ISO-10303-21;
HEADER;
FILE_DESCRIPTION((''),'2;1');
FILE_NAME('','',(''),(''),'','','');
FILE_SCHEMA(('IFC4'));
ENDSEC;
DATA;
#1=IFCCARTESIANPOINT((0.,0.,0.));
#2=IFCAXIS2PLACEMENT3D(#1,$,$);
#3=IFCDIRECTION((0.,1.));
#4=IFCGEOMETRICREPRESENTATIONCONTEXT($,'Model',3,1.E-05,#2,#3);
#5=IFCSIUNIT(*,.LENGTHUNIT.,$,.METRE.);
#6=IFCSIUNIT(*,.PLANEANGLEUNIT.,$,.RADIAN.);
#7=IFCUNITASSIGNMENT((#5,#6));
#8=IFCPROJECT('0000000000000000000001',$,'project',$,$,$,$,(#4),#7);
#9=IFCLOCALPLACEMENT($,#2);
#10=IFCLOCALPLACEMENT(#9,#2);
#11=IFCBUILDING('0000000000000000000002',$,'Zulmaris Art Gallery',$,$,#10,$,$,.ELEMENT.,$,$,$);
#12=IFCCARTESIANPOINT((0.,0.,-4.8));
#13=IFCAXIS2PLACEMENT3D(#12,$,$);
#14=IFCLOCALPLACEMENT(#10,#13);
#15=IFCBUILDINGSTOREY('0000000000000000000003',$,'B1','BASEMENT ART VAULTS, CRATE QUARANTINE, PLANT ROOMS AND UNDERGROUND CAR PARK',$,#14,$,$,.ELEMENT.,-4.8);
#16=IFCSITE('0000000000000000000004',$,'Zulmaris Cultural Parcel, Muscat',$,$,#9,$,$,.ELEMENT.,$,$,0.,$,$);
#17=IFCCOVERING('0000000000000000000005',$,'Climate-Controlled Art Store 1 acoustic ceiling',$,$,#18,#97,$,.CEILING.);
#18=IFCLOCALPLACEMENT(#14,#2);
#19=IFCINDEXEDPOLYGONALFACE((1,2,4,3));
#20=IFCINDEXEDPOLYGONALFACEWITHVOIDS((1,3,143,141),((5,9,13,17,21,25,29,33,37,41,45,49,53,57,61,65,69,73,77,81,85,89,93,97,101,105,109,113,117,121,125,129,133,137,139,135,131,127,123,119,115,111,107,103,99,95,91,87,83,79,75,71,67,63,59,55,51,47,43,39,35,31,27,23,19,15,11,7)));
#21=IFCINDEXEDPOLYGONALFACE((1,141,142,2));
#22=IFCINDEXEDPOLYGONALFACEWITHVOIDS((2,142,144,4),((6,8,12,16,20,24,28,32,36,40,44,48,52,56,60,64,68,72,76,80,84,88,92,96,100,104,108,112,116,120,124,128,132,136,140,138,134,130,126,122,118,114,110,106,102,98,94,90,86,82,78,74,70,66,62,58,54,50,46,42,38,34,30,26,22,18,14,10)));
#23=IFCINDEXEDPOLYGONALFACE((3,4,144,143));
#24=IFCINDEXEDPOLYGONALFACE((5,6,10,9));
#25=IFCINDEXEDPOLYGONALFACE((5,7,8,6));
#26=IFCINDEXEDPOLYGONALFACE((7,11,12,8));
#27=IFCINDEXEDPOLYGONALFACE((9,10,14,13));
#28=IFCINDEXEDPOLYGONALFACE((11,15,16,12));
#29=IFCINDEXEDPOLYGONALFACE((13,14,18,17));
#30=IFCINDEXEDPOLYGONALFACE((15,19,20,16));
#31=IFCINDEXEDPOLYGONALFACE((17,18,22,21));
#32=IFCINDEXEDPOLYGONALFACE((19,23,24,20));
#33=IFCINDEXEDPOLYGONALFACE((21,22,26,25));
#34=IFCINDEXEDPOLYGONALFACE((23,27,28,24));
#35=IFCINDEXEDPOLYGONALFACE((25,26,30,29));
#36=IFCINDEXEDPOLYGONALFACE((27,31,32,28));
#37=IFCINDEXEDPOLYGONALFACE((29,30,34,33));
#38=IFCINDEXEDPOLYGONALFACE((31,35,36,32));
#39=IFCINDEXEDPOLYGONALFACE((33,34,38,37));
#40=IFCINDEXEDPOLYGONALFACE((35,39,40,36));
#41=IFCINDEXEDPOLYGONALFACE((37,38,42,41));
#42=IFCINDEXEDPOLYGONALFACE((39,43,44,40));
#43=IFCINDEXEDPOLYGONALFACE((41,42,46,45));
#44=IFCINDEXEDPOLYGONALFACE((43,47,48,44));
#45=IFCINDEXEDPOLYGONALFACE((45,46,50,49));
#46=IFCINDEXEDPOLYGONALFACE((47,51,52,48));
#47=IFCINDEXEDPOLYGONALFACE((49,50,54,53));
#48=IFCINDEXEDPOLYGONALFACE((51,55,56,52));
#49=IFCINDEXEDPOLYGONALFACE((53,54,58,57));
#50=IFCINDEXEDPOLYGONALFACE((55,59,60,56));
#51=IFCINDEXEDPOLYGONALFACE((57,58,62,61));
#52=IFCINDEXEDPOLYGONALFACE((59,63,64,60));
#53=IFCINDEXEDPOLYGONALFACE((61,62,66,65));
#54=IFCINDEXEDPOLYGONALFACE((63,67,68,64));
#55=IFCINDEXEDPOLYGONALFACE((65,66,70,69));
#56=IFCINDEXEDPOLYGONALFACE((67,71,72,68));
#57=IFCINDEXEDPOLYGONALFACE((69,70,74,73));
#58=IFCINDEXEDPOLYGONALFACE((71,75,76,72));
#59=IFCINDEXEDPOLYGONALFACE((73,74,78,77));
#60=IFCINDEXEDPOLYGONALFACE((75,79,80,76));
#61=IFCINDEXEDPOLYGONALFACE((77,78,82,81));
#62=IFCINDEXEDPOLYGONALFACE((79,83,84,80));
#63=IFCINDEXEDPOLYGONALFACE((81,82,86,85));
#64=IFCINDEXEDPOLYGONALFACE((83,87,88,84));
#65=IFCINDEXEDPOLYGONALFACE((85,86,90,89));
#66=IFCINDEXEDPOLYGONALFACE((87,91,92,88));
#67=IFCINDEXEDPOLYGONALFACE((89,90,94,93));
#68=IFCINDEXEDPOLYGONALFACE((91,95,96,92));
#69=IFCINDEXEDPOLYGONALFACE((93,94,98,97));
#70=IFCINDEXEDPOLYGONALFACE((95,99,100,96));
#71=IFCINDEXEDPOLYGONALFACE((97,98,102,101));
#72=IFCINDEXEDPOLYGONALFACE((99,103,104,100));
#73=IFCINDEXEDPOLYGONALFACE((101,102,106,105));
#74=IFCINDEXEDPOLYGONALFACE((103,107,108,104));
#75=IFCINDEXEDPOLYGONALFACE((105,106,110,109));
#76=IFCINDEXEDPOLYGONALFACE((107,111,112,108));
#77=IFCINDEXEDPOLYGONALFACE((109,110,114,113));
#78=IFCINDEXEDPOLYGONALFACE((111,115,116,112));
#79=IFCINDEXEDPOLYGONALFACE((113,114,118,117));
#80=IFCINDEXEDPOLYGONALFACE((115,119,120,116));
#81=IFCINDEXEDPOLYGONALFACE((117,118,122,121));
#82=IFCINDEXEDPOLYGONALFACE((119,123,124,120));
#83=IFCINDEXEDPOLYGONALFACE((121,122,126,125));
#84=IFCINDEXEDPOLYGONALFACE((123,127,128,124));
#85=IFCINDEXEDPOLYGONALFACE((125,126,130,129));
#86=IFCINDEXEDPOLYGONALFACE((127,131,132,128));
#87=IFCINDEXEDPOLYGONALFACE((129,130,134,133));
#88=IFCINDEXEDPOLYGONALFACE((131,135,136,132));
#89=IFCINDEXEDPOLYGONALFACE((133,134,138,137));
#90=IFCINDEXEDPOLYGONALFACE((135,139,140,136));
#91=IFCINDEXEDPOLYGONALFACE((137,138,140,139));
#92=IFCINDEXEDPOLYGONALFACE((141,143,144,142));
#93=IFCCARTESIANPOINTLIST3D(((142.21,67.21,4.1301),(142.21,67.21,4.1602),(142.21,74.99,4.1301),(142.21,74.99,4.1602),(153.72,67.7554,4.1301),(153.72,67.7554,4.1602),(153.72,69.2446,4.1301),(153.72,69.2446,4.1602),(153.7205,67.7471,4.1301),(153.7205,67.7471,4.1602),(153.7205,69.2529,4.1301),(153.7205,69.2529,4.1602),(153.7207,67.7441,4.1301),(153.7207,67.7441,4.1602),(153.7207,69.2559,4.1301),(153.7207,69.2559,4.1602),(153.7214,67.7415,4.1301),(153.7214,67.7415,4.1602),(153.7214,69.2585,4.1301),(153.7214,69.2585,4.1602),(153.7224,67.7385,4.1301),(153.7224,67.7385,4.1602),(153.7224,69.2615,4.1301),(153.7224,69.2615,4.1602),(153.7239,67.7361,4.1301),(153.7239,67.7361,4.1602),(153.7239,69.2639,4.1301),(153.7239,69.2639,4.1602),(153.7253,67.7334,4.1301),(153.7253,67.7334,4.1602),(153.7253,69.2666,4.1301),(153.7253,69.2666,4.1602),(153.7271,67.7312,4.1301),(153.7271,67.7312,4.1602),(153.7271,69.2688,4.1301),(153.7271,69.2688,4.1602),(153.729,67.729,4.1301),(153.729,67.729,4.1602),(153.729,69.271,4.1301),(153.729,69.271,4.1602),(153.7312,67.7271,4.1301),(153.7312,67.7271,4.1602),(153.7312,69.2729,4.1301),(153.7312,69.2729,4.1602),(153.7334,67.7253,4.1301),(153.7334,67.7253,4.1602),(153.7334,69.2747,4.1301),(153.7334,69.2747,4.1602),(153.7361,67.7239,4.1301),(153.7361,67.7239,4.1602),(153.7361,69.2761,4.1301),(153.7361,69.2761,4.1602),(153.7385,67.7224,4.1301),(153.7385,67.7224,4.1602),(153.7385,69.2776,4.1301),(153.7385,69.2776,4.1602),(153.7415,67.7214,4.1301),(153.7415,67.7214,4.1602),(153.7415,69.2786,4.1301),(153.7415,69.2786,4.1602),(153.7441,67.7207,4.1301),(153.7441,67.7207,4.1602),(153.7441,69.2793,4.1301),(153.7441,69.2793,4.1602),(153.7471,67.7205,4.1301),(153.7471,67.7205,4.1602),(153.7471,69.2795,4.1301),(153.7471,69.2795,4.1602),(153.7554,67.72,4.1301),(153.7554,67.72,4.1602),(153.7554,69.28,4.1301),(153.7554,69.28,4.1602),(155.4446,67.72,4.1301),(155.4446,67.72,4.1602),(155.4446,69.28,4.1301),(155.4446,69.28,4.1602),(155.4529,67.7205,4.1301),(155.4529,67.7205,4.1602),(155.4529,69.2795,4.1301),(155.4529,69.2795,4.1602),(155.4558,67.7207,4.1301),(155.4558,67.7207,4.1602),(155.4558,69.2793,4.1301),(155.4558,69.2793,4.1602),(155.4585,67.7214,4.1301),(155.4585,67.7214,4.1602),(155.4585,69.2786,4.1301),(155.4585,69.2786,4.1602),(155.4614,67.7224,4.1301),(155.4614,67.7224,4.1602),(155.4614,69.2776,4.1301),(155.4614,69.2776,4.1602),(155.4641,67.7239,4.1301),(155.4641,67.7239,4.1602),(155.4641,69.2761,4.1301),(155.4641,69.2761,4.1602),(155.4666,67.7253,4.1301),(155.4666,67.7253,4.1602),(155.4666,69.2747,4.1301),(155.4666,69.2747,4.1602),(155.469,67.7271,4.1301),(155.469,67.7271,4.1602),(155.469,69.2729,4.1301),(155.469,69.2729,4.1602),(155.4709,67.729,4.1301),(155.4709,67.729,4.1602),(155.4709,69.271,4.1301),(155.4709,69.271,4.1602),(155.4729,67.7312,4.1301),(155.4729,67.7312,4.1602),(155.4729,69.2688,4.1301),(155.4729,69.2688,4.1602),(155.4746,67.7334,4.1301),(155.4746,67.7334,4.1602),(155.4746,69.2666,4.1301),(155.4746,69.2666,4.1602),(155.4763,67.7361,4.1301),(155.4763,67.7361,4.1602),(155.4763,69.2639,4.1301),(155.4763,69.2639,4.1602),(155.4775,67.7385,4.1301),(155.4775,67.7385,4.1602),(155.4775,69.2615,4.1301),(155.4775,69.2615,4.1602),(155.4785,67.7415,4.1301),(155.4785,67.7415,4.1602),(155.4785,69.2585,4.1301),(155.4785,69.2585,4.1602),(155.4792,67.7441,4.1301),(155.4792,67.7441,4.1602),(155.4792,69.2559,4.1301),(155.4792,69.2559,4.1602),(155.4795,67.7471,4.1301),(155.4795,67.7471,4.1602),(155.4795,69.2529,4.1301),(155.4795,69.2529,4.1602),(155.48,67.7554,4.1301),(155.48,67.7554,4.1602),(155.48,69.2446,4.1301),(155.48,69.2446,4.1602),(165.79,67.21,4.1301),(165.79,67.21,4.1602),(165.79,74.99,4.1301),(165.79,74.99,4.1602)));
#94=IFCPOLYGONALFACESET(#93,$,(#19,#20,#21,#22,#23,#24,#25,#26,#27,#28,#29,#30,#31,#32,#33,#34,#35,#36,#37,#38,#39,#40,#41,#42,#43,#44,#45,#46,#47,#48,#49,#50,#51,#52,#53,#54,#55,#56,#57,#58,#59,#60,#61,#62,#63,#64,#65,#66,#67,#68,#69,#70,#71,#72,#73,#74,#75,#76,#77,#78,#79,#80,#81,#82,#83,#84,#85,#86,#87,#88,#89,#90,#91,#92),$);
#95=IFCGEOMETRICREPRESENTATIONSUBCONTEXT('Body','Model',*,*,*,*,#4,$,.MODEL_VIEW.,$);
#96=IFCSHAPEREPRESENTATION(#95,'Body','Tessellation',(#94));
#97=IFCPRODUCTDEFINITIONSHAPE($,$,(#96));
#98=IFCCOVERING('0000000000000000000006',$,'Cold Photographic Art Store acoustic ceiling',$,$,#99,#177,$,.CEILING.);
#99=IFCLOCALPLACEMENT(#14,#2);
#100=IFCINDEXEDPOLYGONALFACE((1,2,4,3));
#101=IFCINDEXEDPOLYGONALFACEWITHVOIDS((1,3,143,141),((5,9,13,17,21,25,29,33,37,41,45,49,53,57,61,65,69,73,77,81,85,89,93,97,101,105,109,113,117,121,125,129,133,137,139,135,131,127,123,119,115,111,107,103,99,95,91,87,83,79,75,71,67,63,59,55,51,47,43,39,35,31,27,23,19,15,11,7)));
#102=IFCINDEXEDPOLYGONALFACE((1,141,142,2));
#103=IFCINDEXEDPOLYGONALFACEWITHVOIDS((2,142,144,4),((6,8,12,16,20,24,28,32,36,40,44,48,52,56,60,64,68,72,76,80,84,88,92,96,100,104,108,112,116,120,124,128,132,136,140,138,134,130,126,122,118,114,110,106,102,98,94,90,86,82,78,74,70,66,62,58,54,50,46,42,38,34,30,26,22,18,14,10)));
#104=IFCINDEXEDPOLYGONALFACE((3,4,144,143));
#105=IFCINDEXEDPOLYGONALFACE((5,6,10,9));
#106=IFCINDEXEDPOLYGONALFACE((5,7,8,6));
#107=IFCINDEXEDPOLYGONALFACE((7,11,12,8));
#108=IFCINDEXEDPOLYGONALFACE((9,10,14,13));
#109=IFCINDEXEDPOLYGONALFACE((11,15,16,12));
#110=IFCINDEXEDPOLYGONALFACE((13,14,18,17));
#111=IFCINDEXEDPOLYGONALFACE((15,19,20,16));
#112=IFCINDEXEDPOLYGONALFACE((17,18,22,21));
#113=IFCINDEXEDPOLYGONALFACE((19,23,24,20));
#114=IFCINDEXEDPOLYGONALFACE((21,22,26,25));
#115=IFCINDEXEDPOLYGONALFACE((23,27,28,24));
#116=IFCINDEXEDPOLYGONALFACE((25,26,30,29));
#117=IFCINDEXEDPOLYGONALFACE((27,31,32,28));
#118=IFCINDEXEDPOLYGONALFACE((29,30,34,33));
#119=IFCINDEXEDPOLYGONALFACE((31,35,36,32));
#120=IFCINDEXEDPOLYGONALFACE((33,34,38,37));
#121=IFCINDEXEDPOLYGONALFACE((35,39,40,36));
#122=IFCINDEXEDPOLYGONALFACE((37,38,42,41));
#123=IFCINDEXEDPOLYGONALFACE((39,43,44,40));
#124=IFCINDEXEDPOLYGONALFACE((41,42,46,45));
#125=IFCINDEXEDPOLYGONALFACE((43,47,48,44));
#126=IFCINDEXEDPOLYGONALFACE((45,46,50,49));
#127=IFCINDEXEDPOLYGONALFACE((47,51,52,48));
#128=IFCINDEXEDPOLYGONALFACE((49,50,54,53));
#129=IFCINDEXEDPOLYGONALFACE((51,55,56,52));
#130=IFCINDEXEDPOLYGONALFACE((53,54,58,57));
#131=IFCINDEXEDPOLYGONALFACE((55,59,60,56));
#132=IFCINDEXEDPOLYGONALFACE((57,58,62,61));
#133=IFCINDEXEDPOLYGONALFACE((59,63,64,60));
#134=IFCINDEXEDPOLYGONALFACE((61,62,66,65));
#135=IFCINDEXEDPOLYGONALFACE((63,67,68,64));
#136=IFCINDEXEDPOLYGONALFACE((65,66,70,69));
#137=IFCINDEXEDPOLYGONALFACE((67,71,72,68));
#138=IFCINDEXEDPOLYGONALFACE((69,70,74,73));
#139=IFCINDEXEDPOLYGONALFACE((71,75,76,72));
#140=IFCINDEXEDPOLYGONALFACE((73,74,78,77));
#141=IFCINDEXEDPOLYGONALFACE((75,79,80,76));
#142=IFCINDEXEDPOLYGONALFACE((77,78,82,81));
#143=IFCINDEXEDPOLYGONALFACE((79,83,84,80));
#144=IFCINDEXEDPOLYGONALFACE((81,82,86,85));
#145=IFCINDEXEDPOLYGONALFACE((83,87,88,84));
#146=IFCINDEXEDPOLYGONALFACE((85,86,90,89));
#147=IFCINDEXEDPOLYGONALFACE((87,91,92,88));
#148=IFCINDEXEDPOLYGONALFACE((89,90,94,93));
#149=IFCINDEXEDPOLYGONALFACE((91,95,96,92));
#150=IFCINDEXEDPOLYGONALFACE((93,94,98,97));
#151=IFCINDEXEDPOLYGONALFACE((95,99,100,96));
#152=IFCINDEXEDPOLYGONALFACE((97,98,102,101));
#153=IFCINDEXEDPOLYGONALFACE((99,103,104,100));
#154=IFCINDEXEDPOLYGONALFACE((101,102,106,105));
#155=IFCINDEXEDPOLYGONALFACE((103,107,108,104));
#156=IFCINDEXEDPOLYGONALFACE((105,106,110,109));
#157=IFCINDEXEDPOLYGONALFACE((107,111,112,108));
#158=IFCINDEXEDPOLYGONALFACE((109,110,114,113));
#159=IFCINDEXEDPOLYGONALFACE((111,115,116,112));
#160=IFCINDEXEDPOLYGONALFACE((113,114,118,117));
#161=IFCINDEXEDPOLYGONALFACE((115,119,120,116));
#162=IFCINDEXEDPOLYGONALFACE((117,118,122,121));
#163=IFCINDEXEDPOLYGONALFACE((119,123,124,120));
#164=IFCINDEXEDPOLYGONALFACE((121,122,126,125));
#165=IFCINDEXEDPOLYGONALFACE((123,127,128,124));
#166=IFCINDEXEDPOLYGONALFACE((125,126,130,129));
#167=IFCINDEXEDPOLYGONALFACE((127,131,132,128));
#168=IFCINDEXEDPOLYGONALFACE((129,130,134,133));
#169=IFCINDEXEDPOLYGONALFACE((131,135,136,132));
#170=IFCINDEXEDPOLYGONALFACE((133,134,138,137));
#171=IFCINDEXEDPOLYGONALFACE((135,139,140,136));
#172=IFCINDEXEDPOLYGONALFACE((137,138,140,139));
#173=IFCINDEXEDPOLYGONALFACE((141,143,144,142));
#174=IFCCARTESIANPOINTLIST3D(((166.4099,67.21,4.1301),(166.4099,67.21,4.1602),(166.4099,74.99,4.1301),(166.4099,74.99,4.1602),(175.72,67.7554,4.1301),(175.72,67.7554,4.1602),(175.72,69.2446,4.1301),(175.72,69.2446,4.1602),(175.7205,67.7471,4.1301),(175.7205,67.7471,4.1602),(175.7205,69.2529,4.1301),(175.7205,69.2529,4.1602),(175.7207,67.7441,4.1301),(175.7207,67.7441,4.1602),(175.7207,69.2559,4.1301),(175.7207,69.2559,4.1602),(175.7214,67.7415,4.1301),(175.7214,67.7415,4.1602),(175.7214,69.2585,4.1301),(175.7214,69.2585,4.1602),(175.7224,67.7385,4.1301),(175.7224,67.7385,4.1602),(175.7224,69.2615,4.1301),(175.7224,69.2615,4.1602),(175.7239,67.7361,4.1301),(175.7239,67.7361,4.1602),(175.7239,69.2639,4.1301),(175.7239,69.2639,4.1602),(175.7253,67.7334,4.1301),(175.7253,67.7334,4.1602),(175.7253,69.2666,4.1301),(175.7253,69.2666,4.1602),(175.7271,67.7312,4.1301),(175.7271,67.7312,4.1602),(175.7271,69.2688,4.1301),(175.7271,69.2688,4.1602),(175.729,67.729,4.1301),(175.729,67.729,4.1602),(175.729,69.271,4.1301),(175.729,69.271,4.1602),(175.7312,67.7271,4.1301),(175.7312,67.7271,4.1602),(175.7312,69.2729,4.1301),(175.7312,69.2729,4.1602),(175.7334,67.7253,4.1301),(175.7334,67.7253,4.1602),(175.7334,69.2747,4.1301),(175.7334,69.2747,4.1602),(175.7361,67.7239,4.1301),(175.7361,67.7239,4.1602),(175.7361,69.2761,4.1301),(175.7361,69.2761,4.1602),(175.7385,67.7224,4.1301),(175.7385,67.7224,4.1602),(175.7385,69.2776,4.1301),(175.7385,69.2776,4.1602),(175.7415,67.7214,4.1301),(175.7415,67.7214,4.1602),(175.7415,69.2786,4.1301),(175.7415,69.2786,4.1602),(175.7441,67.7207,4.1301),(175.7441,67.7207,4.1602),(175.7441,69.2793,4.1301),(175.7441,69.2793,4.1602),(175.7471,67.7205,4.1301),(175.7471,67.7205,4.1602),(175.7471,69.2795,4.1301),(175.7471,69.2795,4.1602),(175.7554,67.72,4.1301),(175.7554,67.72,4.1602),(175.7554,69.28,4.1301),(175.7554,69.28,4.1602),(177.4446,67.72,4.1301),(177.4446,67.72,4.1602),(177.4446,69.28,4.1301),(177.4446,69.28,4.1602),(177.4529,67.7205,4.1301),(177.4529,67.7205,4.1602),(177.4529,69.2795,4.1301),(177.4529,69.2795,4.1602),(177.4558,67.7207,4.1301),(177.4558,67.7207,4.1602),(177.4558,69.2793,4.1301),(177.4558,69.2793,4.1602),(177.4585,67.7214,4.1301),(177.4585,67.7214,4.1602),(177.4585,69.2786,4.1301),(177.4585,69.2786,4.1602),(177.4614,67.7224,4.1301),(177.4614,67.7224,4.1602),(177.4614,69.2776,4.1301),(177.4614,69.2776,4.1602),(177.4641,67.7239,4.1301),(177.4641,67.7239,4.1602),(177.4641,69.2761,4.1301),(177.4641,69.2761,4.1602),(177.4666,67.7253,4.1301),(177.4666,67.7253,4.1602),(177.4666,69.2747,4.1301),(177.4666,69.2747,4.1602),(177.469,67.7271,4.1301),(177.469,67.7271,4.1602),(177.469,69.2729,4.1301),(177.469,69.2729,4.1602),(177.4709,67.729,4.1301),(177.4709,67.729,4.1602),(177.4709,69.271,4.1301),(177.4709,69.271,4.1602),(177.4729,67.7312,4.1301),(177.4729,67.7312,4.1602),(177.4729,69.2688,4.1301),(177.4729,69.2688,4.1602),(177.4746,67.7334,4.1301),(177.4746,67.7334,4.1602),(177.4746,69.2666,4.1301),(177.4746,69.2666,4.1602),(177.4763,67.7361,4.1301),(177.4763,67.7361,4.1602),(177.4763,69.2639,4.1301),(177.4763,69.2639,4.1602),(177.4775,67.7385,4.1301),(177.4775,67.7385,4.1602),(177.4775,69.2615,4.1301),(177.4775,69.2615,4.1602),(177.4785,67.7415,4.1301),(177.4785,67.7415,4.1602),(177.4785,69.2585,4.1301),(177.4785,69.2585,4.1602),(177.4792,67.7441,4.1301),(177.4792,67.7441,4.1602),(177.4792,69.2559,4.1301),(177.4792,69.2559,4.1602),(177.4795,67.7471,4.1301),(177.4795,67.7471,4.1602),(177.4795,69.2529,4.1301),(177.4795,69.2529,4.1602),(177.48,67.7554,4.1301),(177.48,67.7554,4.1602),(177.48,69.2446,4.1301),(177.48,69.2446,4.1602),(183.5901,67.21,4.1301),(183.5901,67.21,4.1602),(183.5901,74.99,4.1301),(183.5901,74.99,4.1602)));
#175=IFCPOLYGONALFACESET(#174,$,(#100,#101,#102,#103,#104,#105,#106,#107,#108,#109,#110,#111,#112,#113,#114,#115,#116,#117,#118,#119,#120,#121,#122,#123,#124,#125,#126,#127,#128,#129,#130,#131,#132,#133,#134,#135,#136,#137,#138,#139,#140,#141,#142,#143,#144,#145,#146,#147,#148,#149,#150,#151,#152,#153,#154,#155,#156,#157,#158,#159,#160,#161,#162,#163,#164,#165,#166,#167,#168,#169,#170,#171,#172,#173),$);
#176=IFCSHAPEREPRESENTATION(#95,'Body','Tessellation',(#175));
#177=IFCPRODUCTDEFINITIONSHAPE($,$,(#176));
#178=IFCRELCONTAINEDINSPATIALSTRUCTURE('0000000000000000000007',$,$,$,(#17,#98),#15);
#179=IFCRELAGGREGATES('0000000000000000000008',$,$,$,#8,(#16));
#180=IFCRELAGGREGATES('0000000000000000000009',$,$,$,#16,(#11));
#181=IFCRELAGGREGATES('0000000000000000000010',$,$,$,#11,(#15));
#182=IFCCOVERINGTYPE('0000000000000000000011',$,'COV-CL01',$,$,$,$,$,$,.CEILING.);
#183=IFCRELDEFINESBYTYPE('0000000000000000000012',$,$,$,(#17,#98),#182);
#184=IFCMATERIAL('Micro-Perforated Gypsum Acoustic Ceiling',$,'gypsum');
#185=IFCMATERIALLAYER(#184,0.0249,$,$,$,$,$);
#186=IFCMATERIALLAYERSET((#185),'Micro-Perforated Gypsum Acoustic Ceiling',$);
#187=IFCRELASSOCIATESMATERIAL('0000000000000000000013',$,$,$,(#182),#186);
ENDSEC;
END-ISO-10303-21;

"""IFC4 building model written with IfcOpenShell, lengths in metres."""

from ifc_helpers import new_model, si_unit, direction, frame, origin, place, context, subcontext, project, spatial, polyline, outline, extrude, material, layer, layer_set, type_object, element, save


model = new_model("IFC4")

# Units and contexts
model_context = context("Model", 3, precision=1e-05, world=origin(), true_north=direction((0.0, 1.0)))
body_context = subcontext(model_context, "Body", "Model", "MODEL_VIEW")
ifc_project = project(units=[si_unit("LENGTHUNIT", "METRE"), si_unit("PLANEANGLEUNIT", "RADIAN")], contexts=[model_context])

# Site, building, storey
site_placement = place(None, origin())
site = spatial("IfcSite", under=ifc_project, at=site_placement, Name="Zulmaris Cultural Parcel, Muscat", CompositionType="ELEMENT", RefElevation=0.0)
building_placement = place(site_placement, origin())
building = spatial("IfcBuilding", under=site, at=building_placement, Name="Zulmaris Art Gallery", CompositionType="ELEMENT")
storey_placement = place(building_placement, frame((0.0, 0.0, -4.8)))
storey = spatial("IfcBuildingStorey", under=building, at=storey_placement, Name="B1", Description="BASEMENT ART VAULTS, CRATE QUARANTINE, PLANT ROOMS AND UNDERGROUND CAR PARK", CompositionType="ELEMENT", Elevation=-4.8)

# Coverings
ifc_material_1 = material(Name="Micro-Perforated Gypsum Acoustic Ceiling", Category="gypsum")
ifc_layer_1 = layer(ifc_material_1, 0.0249)
ifc_layer_set_1 = layer_set([ifc_layer_1], Name="Micro-Perforated Gypsum Acoustic Ceiling")
covering_type_1 = type_object("IfcCoveringType", Name="COV-CL01", PredefinedType="CEILING", material=ifc_layer_set_1)
covering_1_placement = place(storey_placement, frame((0.0, 0.0, 4.1301)))
element("IfcCovering", 1, at=covering_1_placement, inside=storey, type_object=covering_type_1, Name="Climate-Controlled Art Store 1 acoustic ceiling", PredefinedType="CEILING", context=body_context, shape_type="SweptSolid", body=[
    extrude(outline(polyline([(142.21, 74.99), (165.79, 74.99), (165.79, 67.21), (142.21, 67.21), (142.21, 74.99)]), holes=[polyline([(153.7214, 67.7415), (153.7224, 67.7385), (153.7239, 67.7361), (153.7253, 67.7334), (153.7271, 67.7312), (153.729, 67.729), (153.7312, 67.7271), (153.7334, 67.7253), (153.7361, 67.7239), (153.7385, 67.7224), (153.7415, 67.7214), (153.7441, 67.7207), (153.7471, 67.7205), (153.7554, 67.72), (155.4446, 67.72), (155.4529, 67.7205), (155.4558, 67.7207), (155.4585, 67.7214), (155.4614, 67.7224), (155.4641, 67.7239), (155.4666, 67.7253), (155.469, 67.7271), (155.4709, 67.729), (155.4729, 67.7312), (155.4746, 67.7334), (155.4763, 67.7361), (155.4775, 67.7385), (155.4785, 67.7415), (155.4792, 67.7441), (155.4795, 67.7471), (155.48, 67.7554), (155.48, 69.2446), (155.4795, 69.2529), (155.4792, 69.2559), (155.4785, 69.2585), (155.4775, 69.2615), (155.4763, 69.2639), (155.4746, 69.2666), (155.4729, 69.2688), (155.4709, 69.271), (155.469, 69.2729), (155.4666, 69.2747), (155.4641, 69.2761), (155.4614, 69.2776), (155.4585, 69.2786), (155.4558, 69.2793), (155.4529, 69.2795), (155.4446, 69.28), (153.7554, 69.28), (153.7471, 69.2795), (153.7441, 69.2793), (153.7415, 69.2786), (153.7385, 69.2776), (153.7361, 69.2761), (153.7334, 69.2747), (153.7312, 69.2729), (153.729, 69.271), (153.7271, 69.2688), (153.7253, 69.2666), (153.7239, 69.2639), (153.7224, 69.2615), (153.7214, 69.2585), (153.7207, 69.2559), (153.7205, 69.2529), (153.72, 69.2446), (153.72, 67.7554), (153.7205, 67.7471), (153.7207, 67.7441), (153.7214, 67.7415)])]), origin(), (0.0, 0.0, 1.0), 0.03),
])
covering_2_placement = place(storey_placement, frame((0.0, 0.0, 4.1301)))
element("IfcCovering", 2, at=covering_2_placement, inside=storey, type_object=covering_type_1, Name="Cold Photographic Art Store acoustic ceiling", PredefinedType="CEILING", context=body_context, shape_type="SweptSolid", body=[
    extrude(outline(polyline([(166.4099, 74.99), (183.5901, 74.99), (183.5901, 67.21), (166.4099, 67.21), (166.4099, 74.99)]), holes=[polyline([(175.7415, 69.2786), (175.7385, 69.2776), (175.7361, 69.2761), (175.7334, 69.2747), (175.7312, 69.2729), (175.729, 69.271), (175.7271, 69.2688), (175.7253, 69.2666), (175.7239, 69.2639), (175.7224, 69.2615), (175.7214, 69.2585), (175.7207, 69.2559), (175.7205, 69.2529), (175.72, 69.2446), (175.72, 67.7554), (175.7205, 67.7471), (175.7207, 67.7441), (175.7214, 67.7415), (175.7224, 67.7385), (175.7239, 67.7361), (175.7253, 67.7334), (175.7271, 67.7312), (175.729, 67.729), (175.7312, 67.7271), (175.7334, 67.7253), (175.7361, 67.7239), (175.7385, 67.7224), (175.7415, 67.7214), (175.7441, 67.7207), (175.7471, 67.7205), (175.7554, 67.72), (177.4446, 67.72), (177.4529, 67.7205), (177.4558, 67.7207), (177.4585, 67.7214), (177.4614, 67.7224), (177.4641, 67.7239), (177.4666, 67.7253), (177.469, 67.7271), (177.4709, 67.729), (177.4729, 67.7312), (177.4746, 67.7334), (177.4763, 67.7361), (177.4775, 67.7385), (177.4785, 67.7415), (177.4792, 67.7441), (177.4795, 67.7471), (177.48, 67.7554), (177.48, 69.2446), (177.4795, 69.2529), (177.4792, 69.2559), (177.4785, 69.2585), (177.4775, 69.2615), (177.4763, 69.2639), (177.4746, 69.2666), (177.4729, 69.2688), (177.4709, 69.271), (177.469, 69.2729), (177.4666, 69.2747), (177.4641, 69.2761), (177.4614, 69.2776), (177.4585, 69.2786), (177.4558, 69.2793), (177.4529, 69.2795), (177.4446, 69.28), (175.7554, 69.28), (175.7471, 69.2795), (175.7441, 69.2793), (175.7415, 69.2786)])]), origin(), (0.0, 0.0, 1.0), 0.03),
])

save(model, "model.ifc")
